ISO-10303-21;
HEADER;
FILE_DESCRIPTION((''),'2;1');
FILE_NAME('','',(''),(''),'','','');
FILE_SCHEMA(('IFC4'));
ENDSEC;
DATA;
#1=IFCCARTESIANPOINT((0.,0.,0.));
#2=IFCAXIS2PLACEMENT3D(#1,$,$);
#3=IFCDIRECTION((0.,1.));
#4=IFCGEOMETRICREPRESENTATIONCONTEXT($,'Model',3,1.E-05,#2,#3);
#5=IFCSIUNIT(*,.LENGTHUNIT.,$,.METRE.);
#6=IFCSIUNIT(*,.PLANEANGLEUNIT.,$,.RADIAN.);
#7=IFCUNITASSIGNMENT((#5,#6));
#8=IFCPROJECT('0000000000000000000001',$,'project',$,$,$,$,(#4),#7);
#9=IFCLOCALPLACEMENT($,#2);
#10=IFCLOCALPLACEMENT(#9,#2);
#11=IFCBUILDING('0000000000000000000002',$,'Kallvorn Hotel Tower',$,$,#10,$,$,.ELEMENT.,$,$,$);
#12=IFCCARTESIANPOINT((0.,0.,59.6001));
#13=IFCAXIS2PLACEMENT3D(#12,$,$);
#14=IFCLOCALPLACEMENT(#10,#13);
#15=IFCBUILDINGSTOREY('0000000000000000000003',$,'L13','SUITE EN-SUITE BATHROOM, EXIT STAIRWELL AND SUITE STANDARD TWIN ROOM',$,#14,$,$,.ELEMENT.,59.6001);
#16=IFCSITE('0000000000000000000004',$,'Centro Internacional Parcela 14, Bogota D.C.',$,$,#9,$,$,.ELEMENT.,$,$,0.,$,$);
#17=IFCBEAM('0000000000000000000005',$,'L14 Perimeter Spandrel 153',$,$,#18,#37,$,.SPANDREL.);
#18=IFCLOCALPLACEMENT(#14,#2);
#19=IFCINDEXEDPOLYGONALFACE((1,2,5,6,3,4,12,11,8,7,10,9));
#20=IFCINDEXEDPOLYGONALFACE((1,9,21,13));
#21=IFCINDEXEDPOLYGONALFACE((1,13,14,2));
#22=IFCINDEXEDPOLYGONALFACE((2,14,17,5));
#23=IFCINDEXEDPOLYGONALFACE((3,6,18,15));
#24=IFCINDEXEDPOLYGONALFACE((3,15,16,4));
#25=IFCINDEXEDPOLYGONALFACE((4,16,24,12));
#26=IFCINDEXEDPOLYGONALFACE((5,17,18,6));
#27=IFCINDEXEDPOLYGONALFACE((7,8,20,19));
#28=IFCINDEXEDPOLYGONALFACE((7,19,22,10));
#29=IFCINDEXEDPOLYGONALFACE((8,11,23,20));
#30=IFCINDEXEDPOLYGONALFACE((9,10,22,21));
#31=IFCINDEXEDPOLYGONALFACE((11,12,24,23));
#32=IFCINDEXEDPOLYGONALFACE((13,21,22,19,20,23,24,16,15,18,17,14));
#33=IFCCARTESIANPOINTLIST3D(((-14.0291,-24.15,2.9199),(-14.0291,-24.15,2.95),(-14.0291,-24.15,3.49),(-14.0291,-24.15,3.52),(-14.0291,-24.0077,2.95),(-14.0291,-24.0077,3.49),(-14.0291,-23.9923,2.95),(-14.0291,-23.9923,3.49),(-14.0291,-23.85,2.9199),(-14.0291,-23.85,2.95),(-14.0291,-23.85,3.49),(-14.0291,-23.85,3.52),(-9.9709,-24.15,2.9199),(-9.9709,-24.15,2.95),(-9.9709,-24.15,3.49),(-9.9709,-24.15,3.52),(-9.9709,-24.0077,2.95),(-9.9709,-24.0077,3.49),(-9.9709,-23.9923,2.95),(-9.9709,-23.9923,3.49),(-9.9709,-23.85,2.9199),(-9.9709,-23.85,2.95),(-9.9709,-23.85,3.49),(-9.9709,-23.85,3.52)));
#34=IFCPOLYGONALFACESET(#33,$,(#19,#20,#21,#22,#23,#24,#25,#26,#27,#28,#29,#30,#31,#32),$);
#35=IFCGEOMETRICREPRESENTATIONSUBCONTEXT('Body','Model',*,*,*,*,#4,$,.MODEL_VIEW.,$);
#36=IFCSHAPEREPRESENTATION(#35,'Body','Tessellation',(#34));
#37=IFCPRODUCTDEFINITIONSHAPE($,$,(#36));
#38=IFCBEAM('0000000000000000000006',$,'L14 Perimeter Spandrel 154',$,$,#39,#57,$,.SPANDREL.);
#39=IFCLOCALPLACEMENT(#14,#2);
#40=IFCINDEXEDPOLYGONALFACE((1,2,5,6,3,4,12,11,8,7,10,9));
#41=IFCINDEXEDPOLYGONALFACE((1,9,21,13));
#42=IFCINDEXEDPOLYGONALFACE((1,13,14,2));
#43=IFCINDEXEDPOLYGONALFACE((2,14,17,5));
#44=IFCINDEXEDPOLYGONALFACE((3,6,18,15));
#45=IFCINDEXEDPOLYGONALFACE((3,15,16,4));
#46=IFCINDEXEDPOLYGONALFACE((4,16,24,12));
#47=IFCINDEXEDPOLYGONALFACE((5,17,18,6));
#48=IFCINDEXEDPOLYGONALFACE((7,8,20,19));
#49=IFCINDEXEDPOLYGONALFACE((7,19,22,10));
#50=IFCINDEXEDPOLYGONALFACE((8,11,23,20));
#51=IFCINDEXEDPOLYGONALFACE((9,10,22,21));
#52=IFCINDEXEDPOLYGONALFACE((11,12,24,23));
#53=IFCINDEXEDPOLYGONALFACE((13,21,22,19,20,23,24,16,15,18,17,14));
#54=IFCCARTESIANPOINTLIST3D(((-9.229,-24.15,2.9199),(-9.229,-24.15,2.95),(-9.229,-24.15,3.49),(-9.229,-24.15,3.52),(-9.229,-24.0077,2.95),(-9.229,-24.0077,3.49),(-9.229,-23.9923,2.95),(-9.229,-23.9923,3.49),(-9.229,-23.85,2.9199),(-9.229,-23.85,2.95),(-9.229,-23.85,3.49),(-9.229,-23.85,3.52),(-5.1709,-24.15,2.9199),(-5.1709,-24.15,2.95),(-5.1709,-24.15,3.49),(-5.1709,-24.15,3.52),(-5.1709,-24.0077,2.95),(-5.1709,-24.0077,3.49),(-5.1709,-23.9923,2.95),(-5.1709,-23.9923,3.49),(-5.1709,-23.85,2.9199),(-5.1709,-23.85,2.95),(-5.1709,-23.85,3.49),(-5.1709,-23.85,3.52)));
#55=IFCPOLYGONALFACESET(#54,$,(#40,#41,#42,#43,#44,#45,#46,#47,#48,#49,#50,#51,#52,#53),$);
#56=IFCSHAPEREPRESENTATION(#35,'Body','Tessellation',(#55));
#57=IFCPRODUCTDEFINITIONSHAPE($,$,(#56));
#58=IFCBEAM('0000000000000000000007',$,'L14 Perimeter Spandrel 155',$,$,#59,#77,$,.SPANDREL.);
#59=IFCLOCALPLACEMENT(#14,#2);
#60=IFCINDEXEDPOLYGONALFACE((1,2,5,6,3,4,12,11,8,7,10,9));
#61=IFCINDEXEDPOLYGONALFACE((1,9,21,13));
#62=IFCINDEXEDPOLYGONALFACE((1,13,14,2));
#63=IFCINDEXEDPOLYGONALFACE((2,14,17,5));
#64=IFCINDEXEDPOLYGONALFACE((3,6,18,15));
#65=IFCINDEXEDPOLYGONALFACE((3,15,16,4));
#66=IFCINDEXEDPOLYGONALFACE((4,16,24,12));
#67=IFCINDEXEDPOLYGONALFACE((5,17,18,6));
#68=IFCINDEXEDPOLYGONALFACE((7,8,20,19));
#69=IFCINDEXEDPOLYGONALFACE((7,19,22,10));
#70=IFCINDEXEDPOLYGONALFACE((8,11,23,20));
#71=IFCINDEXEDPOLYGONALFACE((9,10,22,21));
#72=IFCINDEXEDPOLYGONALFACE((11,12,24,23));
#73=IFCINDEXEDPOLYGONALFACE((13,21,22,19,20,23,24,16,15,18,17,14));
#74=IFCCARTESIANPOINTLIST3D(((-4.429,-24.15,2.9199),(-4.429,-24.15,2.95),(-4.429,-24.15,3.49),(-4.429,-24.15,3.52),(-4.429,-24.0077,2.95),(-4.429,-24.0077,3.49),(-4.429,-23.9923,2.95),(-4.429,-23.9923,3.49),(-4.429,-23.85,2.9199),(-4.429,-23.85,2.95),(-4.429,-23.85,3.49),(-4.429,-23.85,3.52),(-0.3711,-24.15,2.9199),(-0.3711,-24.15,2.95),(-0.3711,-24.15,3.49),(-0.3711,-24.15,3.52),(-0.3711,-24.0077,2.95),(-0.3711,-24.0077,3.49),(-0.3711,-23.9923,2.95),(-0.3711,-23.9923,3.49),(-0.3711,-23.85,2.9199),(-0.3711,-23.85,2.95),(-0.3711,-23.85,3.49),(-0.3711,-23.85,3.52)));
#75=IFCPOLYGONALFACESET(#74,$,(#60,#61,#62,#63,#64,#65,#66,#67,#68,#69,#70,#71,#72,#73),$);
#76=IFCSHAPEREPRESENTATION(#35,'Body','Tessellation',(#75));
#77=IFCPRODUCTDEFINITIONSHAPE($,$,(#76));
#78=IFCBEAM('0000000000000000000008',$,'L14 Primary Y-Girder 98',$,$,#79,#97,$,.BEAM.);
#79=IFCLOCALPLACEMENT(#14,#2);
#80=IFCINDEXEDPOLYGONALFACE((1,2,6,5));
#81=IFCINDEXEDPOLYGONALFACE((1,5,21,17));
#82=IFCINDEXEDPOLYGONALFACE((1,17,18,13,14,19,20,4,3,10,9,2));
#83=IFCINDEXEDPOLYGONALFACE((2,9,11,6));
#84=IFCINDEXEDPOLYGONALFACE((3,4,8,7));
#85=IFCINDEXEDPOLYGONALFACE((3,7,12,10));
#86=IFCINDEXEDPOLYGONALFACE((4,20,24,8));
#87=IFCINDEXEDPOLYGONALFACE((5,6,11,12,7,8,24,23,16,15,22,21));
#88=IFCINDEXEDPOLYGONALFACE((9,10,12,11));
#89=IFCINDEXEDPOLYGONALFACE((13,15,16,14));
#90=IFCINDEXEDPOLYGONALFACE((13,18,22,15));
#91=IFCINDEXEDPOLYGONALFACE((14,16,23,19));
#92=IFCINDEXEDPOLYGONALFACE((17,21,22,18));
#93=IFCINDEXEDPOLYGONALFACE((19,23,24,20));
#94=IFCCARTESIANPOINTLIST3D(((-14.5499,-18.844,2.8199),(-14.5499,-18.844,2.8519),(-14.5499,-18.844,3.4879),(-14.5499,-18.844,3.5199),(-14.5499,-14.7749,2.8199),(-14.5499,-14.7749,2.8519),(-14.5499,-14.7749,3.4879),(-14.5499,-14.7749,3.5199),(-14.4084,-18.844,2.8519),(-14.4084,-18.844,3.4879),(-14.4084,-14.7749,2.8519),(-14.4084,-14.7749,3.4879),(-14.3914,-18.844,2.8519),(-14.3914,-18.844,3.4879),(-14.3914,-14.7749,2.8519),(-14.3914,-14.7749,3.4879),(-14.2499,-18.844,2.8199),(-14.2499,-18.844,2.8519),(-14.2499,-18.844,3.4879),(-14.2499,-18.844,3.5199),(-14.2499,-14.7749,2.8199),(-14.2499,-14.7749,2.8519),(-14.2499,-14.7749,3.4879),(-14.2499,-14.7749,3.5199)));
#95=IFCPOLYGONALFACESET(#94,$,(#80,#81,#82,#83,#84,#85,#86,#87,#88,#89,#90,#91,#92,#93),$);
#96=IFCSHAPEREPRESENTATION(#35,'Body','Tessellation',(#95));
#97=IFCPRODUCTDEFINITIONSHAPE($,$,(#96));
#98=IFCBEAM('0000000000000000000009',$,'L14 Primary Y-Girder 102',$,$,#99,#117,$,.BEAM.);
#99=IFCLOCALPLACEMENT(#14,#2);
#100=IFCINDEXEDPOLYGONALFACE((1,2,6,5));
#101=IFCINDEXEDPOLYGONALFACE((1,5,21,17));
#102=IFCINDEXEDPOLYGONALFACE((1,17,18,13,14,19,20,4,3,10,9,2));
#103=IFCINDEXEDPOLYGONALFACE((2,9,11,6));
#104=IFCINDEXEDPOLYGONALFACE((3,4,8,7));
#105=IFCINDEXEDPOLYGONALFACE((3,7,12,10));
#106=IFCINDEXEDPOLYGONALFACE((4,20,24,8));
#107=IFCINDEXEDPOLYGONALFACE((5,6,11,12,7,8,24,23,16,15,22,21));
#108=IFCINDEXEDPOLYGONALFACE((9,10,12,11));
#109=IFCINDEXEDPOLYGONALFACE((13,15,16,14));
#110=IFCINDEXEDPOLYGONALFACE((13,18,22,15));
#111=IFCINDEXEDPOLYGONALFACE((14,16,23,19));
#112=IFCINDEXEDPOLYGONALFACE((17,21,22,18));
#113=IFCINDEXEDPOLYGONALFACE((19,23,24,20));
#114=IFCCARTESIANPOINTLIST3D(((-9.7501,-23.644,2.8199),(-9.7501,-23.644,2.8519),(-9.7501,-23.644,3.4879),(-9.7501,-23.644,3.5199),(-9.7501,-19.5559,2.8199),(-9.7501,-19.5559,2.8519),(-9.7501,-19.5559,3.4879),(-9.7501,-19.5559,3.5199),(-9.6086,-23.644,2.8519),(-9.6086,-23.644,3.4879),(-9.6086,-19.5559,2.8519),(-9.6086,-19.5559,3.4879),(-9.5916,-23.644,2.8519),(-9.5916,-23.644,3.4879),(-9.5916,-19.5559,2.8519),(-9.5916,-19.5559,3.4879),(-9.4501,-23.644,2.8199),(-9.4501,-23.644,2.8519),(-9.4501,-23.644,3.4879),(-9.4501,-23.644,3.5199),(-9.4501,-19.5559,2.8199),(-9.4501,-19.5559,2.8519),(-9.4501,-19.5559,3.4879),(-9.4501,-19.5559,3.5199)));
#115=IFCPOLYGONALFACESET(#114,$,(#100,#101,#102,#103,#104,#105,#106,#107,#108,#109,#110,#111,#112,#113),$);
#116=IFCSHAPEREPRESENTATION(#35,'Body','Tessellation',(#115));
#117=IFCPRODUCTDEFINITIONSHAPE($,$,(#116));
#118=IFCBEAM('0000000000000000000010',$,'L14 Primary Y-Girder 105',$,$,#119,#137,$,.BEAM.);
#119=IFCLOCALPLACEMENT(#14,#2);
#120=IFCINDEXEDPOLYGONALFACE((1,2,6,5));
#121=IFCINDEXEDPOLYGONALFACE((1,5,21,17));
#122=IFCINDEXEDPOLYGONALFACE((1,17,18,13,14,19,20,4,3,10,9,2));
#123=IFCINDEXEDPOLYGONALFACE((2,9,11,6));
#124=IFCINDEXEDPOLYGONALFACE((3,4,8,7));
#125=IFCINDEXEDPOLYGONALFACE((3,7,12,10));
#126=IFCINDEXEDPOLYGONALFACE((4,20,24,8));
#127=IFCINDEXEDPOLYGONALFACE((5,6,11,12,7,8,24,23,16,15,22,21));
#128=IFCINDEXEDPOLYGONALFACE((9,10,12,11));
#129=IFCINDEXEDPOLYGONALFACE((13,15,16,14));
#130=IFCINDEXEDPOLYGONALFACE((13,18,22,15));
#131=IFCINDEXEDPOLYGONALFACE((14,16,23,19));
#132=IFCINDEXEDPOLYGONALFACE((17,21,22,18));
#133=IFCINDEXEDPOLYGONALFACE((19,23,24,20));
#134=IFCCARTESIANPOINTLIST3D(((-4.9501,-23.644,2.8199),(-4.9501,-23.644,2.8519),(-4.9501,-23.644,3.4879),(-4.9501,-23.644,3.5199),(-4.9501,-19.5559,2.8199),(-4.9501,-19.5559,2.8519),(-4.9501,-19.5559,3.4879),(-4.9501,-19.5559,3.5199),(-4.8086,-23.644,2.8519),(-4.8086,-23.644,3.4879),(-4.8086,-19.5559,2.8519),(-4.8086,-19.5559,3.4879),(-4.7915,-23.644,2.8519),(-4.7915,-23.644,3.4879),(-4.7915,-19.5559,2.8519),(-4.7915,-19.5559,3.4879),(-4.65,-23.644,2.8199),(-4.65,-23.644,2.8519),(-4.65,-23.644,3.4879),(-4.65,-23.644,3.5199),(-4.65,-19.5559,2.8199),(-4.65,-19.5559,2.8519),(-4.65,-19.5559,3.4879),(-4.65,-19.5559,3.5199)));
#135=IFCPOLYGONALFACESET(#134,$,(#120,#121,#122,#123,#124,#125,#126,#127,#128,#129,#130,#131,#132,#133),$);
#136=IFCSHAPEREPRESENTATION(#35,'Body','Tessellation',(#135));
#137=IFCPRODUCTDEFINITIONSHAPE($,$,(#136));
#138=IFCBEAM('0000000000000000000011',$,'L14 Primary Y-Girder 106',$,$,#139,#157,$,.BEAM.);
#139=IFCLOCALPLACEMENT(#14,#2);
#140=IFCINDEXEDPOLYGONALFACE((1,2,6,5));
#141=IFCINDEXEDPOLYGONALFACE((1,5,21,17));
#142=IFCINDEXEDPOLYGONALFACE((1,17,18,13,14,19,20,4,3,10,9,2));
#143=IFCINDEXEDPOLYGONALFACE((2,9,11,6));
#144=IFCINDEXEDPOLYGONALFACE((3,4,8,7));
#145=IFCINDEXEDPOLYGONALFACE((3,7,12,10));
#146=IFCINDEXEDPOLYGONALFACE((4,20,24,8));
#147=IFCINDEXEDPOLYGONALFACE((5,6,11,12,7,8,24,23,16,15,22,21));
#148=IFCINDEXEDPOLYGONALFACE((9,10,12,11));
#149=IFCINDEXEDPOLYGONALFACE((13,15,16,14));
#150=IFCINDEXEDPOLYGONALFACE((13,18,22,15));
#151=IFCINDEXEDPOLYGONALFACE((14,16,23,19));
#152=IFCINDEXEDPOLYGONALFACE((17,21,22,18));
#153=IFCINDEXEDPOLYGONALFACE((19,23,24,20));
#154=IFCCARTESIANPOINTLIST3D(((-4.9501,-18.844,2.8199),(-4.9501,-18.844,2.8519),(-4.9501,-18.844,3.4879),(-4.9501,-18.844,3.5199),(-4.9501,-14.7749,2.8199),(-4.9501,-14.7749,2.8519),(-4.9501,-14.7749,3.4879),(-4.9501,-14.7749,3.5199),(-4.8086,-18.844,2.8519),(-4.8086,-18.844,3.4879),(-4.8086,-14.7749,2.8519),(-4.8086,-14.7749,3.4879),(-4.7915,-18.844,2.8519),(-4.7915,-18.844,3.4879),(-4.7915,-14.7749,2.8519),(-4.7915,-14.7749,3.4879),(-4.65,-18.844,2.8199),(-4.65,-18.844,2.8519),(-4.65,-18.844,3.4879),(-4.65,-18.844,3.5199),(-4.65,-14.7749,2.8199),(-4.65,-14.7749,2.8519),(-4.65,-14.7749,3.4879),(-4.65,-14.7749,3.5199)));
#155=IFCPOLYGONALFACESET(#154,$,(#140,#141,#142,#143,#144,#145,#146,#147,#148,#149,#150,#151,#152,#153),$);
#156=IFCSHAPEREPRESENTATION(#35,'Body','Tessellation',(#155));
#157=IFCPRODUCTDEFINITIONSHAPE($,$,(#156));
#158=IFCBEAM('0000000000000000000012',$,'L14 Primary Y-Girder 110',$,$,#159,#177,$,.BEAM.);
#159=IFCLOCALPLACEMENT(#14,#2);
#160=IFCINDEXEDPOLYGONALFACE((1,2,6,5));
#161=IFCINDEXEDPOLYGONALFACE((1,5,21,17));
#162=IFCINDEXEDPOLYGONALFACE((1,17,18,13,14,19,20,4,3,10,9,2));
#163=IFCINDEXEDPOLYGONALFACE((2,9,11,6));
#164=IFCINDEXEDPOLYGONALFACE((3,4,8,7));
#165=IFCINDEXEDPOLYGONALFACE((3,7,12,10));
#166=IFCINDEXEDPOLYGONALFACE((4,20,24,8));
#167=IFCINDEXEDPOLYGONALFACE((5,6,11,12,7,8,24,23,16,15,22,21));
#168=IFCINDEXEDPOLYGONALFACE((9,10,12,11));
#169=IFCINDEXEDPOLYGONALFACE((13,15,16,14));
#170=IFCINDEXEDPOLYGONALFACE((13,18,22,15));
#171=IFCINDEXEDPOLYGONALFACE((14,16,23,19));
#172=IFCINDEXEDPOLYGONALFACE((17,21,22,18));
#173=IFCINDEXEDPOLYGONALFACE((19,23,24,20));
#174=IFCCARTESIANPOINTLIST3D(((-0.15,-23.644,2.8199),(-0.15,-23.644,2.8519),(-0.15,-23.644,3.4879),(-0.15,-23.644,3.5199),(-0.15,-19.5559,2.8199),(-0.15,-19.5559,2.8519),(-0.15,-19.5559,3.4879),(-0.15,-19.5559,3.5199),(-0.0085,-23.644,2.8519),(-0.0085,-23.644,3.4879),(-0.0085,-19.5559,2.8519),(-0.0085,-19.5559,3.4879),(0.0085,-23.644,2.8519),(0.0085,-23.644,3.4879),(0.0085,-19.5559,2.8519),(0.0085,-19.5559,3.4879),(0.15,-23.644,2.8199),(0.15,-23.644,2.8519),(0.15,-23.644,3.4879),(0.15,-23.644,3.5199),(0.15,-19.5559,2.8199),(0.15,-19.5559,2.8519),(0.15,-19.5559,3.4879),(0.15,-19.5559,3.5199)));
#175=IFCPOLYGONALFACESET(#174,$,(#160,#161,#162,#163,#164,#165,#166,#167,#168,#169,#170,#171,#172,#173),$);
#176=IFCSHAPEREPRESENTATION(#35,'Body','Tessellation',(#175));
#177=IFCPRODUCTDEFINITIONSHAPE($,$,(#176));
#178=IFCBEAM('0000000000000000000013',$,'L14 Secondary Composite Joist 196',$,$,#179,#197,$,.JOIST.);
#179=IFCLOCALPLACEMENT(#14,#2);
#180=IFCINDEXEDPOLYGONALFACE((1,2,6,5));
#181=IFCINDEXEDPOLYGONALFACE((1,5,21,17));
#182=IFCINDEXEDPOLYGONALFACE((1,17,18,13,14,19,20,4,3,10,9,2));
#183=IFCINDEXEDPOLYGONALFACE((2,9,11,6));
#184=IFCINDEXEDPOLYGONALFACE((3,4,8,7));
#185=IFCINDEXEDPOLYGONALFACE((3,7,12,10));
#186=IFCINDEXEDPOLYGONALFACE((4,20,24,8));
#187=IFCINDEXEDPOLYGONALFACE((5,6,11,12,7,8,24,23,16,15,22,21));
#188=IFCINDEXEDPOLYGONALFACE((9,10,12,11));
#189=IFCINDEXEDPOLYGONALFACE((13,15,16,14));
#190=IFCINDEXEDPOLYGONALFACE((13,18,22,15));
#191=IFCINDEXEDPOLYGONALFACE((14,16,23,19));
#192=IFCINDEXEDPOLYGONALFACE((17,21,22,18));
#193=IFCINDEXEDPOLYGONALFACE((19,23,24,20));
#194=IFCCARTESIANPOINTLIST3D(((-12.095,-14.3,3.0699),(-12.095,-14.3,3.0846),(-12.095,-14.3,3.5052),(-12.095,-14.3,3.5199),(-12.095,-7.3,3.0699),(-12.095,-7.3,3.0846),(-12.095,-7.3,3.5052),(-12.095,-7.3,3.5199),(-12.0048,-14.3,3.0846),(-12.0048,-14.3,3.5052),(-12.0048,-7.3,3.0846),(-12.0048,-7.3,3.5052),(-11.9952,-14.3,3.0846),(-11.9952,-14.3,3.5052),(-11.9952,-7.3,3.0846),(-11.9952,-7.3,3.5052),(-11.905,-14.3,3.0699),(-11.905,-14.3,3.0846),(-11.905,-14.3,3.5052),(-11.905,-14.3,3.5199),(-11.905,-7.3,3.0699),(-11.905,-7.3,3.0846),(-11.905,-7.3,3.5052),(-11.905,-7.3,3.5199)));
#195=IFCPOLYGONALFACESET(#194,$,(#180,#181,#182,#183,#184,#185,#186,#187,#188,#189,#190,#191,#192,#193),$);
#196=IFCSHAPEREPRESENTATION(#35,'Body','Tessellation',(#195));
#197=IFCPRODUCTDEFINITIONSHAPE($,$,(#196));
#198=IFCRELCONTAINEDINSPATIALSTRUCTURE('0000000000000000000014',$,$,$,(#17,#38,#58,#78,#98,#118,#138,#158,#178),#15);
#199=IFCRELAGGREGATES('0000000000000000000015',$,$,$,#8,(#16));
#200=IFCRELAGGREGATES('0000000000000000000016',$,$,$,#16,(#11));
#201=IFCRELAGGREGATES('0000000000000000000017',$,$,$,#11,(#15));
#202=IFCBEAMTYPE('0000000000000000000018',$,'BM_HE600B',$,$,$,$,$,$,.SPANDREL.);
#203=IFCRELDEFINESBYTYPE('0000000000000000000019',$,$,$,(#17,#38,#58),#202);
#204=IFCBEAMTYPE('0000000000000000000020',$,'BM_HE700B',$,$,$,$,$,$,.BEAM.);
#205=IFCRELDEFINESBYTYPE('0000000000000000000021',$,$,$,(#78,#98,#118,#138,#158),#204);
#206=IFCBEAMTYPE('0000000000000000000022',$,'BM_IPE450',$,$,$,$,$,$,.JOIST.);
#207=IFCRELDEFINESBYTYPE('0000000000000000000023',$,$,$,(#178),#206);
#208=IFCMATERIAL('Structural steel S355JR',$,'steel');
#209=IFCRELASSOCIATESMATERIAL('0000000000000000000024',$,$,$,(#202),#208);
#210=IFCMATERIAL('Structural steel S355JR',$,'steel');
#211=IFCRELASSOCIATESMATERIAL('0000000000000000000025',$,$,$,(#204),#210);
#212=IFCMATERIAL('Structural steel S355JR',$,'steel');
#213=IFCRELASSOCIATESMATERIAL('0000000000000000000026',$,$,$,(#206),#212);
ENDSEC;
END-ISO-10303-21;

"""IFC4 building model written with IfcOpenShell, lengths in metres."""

from ifc_helpers import new_model, si_unit, direction, frame, origin, origin_2d, place, context, subcontext, project, spatial, i_section, extrude, material, material_profile, profile_set, type_object, element, save


model = new_model("IFC4")

# Units and contexts
model_context = context("Model", 3, precision=1e-05, world=origin(), true_north=direction((0.0, 1.0)))
body_context = subcontext(model_context, "Body", "Model", "MODEL_VIEW")
ifc_project = project(units=[si_unit("LENGTHUNIT", "METRE"), si_unit("PLANEANGLEUNIT", "RADIAN")], contexts=[model_context])

# Site, building, storey
site_placement = place(None, origin())
site = spatial("IfcSite", under=ifc_project, at=site_placement, Name="Centro Internacional Parcela 14, Bogota D.C.", CompositionType="ELEMENT", RefElevation=0.0)
building_placement = place(site_placement, origin())
building = spatial("IfcBuilding", under=site, at=building_placement, Name="Kallvorn Hotel Tower", CompositionType="ELEMENT")
storey_placement = place(building_placement, frame((0.0, 0.0, 59.6001)))
storey = spatial("IfcBuildingStorey", under=building, at=storey_placement, Name="L13", Description="SUITE EN-SUITE BATHROOM, EXIT STAIRWELL AND SUITE STANDARD TWIN ROOM", CompositionType="ELEMENT", Elevation=59.6001)

# Beams
ifc_material_1 = material(Name="Structural steel S355JR", Category="steel")
ifc_material_profile_1 = material_profile(ifc_material_1, i_section(OverallWidth=0.3, OverallDepth=0.6001, WebThickness=0.0154, FlangeThickness=0.03, at=origin_2d()), Name="HE 600 B")
ifc_profile_set_1 = profile_set([ifc_material_profile_1], Name="Structural steel S355JR")
beam_type_1 = type_object("IfcBeamType", Name="BM_HE600B", PredefinedType="SPANDREL", material=ifc_profile_set_1)
for number, where, z_axis, x_axis, name in (
    (1, (-14.0291, -24.0, 3.22), (1.0, 0.0, 0.0), (0.0, 1.0, 0.0), "L14 Perimeter Spandrel 153"),
    (2, (-9.229, -24.0, 3.22), (1.0, 0.0, 0.0), (0.0, 1.0, 0.0), "L14 Perimeter Spandrel 154"),
):
    element("IfcBeam", number, at=place(storey_placement, frame(where, z_axis=z_axis, x_axis=x_axis)), inside=storey, type_object=beam_type_1, Name=name, PredefinedType="SPANDREL", context=body_context, shape_type="SweptSolid", body=[
        extrude(i_section(OverallWidth=0.3, OverallDepth=0.6001, WebThickness=0.0154, FlangeThickness=0.03, at=origin_2d()), origin(), (0.0, 0.0, 1.0), 4.0581),
    ])
beam_1_placement = place(storey_placement, frame((-4.429, -24.0, 3.22), z_axis=(1.0, 0.0, 0.0), x_axis=(0.0, 1.0, 0.0)))
element("IfcBeam", 3, at=beam_1_placement, inside=storey, type_object=beam_type_1, Name="L14 Perimeter Spandrel 155", PredefinedType="SPANDREL", context=body_context, shape_type="SweptSolid", body=[
    extrude(i_section(OverallWidth=0.3, OverallDepth=0.6001, WebThickness=0.0154, FlangeThickness=0.03, at=origin_2d()), origin(), (0.0, 0.0, 1.0), 4.0579),
])
ifc_material_2 = material(Name="Structural steel S355JR", Category="steel")
ifc_material_profile_2 = material_profile(ifc_material_2, i_section(OverallWidth=0.3, OverallDepth=0.7, WebThickness=0.0171, FlangeThickness=0.032, at=origin_2d()), Name="HE 700 B")
ifc_profile_set_2 = profile_set([ifc_material_profile_2], Name="Structural steel S355JR")
beam_type_2 = type_object("IfcBeamType", Name="BM_HE700B", PredefinedType="BEAM", material=ifc_profile_set_2)
beam_2_placement = place(storey_placement, frame((-14.3999, -18.844, 3.1699), z_axis=(0.0, 1.0, 0.0), x_axis=(-1.0, 0.0, 0.0)))
element("IfcBeam", 4, at=beam_2_placement, inside=storey, type_object=beam_type_2, Name="L14 Primary Y-Girder 98", PredefinedType="BEAM", context=body_context, shape_type="SweptSolid", body=[
    extrude(i_section(OverallWidth=0.3, OverallDepth=0.7, WebThickness=0.0171, FlangeThickness=0.032, at=origin_2d()), origin(), (0.0, 0.0, 1.0), 4.0691),
])
for number, where, z_axis, x_axis, name in (
    (5, (-9.6001, -23.644, 3.1699), (0.0, 1.0, 0.0), (-1.0, 0.0, 0.0), "L14 Primary Y-Girder 102"),
    (6, (-4.8, -23.644, 3.1699), (0.0, 1.0, 0.0), (-1.0, 0.0, 0.0), "L14 Primary Y-Girder 105"),
):
    element("IfcBeam", number, at=place(storey_placement, frame(where, z_axis=z_axis, x_axis=x_axis)), inside=storey, type_object=beam_type_2, Name=name, PredefinedType="BEAM", context=body_context, shape_type="SweptSolid", body=[
        extrude(i_section(OverallWidth=0.3, OverallDepth=0.7, WebThickness=0.0171, FlangeThickness=0.032, at=origin_2d()), origin(), (0.0, 0.0, 1.0), 4.0881),
    ])
beam_3_placement = place(storey_placement, frame((-4.8, -18.844, 3.1699), z_axis=(0.0, 1.0, 0.0), x_axis=(-1.0, 0.0, 0.0)))
element("IfcBeam", 7, at=beam_3_placement, inside=storey, type_object=beam_type_2, Name="L14 Primary Y-Girder 106", PredefinedType="BEAM", context=body_context, shape_type="SweptSolid", body=[
    extrude(i_section(OverallWidth=0.3, OverallDepth=0.7, WebThickness=0.0171, FlangeThickness=0.032, at=origin_2d()), origin(), (0.0, 0.0, 1.0), 4.0691),
])
beam_4_placement = place(storey_placement, frame((0.0, -23.644, 3.1699), z_axis=(0.0, 1.0, 0.0), x_axis=(-1.0, 0.0, 0.0)))
element("IfcBeam", 8, at=beam_4_placement, inside=storey, type_object=beam_type_2, Name="L14 Primary Y-Girder 110", PredefinedType="BEAM", context=body_context, shape_type="SweptSolid", body=[
    extrude(i_section(OverallWidth=0.3, OverallDepth=0.7, WebThickness=0.0171, FlangeThickness=0.032, at=origin_2d()), origin(), (0.0, 0.0, 1.0), 4.0881),
])
ifc_material_3 = material(Name="Structural steel S355JR", Category="steel")
ifc_material_profile_3 = material_profile(ifc_material_3, i_section(OverallWidth=0.1899, OverallDepth=0.45, WebThickness=0.0095, FlangeThickness=0.0146, at=origin_2d()), Name="IPE 450")
ifc_profile_set_3 = profile_set([ifc_material_profile_3], Name="Structural steel S355JR")
beam_type_3 = type_object("IfcBeamType", Name="BM_IPE450", PredefinedType="JOIST", material=ifc_profile_set_3)
for number, where, z_axis, x_axis, name in (
    (9, (-12.0, -14.3, 3.2949), (0.0, 1.0, 0.0), (-1.0, 0.0, 0.0), "L14 Secondary Composite Joist 196"),
):
    element("IfcBeam", number, at=place(storey_placement, frame(where, z_axis=z_axis, x_axis=x_axis)), inside=storey, type_object=beam_type_3, Name=name, PredefinedType="JOIST", context=body_context, shape_type="SweptSolid", body=[
        extrude(i_section(OverallWidth=0.1899, OverallDepth=0.45, WebThickness=0.0095, FlangeThickness=0.0146, at=origin_2d()), origin(), (0.0, 0.0, 1.0), 7.0),
    ])

save(model, "model.ifc")
